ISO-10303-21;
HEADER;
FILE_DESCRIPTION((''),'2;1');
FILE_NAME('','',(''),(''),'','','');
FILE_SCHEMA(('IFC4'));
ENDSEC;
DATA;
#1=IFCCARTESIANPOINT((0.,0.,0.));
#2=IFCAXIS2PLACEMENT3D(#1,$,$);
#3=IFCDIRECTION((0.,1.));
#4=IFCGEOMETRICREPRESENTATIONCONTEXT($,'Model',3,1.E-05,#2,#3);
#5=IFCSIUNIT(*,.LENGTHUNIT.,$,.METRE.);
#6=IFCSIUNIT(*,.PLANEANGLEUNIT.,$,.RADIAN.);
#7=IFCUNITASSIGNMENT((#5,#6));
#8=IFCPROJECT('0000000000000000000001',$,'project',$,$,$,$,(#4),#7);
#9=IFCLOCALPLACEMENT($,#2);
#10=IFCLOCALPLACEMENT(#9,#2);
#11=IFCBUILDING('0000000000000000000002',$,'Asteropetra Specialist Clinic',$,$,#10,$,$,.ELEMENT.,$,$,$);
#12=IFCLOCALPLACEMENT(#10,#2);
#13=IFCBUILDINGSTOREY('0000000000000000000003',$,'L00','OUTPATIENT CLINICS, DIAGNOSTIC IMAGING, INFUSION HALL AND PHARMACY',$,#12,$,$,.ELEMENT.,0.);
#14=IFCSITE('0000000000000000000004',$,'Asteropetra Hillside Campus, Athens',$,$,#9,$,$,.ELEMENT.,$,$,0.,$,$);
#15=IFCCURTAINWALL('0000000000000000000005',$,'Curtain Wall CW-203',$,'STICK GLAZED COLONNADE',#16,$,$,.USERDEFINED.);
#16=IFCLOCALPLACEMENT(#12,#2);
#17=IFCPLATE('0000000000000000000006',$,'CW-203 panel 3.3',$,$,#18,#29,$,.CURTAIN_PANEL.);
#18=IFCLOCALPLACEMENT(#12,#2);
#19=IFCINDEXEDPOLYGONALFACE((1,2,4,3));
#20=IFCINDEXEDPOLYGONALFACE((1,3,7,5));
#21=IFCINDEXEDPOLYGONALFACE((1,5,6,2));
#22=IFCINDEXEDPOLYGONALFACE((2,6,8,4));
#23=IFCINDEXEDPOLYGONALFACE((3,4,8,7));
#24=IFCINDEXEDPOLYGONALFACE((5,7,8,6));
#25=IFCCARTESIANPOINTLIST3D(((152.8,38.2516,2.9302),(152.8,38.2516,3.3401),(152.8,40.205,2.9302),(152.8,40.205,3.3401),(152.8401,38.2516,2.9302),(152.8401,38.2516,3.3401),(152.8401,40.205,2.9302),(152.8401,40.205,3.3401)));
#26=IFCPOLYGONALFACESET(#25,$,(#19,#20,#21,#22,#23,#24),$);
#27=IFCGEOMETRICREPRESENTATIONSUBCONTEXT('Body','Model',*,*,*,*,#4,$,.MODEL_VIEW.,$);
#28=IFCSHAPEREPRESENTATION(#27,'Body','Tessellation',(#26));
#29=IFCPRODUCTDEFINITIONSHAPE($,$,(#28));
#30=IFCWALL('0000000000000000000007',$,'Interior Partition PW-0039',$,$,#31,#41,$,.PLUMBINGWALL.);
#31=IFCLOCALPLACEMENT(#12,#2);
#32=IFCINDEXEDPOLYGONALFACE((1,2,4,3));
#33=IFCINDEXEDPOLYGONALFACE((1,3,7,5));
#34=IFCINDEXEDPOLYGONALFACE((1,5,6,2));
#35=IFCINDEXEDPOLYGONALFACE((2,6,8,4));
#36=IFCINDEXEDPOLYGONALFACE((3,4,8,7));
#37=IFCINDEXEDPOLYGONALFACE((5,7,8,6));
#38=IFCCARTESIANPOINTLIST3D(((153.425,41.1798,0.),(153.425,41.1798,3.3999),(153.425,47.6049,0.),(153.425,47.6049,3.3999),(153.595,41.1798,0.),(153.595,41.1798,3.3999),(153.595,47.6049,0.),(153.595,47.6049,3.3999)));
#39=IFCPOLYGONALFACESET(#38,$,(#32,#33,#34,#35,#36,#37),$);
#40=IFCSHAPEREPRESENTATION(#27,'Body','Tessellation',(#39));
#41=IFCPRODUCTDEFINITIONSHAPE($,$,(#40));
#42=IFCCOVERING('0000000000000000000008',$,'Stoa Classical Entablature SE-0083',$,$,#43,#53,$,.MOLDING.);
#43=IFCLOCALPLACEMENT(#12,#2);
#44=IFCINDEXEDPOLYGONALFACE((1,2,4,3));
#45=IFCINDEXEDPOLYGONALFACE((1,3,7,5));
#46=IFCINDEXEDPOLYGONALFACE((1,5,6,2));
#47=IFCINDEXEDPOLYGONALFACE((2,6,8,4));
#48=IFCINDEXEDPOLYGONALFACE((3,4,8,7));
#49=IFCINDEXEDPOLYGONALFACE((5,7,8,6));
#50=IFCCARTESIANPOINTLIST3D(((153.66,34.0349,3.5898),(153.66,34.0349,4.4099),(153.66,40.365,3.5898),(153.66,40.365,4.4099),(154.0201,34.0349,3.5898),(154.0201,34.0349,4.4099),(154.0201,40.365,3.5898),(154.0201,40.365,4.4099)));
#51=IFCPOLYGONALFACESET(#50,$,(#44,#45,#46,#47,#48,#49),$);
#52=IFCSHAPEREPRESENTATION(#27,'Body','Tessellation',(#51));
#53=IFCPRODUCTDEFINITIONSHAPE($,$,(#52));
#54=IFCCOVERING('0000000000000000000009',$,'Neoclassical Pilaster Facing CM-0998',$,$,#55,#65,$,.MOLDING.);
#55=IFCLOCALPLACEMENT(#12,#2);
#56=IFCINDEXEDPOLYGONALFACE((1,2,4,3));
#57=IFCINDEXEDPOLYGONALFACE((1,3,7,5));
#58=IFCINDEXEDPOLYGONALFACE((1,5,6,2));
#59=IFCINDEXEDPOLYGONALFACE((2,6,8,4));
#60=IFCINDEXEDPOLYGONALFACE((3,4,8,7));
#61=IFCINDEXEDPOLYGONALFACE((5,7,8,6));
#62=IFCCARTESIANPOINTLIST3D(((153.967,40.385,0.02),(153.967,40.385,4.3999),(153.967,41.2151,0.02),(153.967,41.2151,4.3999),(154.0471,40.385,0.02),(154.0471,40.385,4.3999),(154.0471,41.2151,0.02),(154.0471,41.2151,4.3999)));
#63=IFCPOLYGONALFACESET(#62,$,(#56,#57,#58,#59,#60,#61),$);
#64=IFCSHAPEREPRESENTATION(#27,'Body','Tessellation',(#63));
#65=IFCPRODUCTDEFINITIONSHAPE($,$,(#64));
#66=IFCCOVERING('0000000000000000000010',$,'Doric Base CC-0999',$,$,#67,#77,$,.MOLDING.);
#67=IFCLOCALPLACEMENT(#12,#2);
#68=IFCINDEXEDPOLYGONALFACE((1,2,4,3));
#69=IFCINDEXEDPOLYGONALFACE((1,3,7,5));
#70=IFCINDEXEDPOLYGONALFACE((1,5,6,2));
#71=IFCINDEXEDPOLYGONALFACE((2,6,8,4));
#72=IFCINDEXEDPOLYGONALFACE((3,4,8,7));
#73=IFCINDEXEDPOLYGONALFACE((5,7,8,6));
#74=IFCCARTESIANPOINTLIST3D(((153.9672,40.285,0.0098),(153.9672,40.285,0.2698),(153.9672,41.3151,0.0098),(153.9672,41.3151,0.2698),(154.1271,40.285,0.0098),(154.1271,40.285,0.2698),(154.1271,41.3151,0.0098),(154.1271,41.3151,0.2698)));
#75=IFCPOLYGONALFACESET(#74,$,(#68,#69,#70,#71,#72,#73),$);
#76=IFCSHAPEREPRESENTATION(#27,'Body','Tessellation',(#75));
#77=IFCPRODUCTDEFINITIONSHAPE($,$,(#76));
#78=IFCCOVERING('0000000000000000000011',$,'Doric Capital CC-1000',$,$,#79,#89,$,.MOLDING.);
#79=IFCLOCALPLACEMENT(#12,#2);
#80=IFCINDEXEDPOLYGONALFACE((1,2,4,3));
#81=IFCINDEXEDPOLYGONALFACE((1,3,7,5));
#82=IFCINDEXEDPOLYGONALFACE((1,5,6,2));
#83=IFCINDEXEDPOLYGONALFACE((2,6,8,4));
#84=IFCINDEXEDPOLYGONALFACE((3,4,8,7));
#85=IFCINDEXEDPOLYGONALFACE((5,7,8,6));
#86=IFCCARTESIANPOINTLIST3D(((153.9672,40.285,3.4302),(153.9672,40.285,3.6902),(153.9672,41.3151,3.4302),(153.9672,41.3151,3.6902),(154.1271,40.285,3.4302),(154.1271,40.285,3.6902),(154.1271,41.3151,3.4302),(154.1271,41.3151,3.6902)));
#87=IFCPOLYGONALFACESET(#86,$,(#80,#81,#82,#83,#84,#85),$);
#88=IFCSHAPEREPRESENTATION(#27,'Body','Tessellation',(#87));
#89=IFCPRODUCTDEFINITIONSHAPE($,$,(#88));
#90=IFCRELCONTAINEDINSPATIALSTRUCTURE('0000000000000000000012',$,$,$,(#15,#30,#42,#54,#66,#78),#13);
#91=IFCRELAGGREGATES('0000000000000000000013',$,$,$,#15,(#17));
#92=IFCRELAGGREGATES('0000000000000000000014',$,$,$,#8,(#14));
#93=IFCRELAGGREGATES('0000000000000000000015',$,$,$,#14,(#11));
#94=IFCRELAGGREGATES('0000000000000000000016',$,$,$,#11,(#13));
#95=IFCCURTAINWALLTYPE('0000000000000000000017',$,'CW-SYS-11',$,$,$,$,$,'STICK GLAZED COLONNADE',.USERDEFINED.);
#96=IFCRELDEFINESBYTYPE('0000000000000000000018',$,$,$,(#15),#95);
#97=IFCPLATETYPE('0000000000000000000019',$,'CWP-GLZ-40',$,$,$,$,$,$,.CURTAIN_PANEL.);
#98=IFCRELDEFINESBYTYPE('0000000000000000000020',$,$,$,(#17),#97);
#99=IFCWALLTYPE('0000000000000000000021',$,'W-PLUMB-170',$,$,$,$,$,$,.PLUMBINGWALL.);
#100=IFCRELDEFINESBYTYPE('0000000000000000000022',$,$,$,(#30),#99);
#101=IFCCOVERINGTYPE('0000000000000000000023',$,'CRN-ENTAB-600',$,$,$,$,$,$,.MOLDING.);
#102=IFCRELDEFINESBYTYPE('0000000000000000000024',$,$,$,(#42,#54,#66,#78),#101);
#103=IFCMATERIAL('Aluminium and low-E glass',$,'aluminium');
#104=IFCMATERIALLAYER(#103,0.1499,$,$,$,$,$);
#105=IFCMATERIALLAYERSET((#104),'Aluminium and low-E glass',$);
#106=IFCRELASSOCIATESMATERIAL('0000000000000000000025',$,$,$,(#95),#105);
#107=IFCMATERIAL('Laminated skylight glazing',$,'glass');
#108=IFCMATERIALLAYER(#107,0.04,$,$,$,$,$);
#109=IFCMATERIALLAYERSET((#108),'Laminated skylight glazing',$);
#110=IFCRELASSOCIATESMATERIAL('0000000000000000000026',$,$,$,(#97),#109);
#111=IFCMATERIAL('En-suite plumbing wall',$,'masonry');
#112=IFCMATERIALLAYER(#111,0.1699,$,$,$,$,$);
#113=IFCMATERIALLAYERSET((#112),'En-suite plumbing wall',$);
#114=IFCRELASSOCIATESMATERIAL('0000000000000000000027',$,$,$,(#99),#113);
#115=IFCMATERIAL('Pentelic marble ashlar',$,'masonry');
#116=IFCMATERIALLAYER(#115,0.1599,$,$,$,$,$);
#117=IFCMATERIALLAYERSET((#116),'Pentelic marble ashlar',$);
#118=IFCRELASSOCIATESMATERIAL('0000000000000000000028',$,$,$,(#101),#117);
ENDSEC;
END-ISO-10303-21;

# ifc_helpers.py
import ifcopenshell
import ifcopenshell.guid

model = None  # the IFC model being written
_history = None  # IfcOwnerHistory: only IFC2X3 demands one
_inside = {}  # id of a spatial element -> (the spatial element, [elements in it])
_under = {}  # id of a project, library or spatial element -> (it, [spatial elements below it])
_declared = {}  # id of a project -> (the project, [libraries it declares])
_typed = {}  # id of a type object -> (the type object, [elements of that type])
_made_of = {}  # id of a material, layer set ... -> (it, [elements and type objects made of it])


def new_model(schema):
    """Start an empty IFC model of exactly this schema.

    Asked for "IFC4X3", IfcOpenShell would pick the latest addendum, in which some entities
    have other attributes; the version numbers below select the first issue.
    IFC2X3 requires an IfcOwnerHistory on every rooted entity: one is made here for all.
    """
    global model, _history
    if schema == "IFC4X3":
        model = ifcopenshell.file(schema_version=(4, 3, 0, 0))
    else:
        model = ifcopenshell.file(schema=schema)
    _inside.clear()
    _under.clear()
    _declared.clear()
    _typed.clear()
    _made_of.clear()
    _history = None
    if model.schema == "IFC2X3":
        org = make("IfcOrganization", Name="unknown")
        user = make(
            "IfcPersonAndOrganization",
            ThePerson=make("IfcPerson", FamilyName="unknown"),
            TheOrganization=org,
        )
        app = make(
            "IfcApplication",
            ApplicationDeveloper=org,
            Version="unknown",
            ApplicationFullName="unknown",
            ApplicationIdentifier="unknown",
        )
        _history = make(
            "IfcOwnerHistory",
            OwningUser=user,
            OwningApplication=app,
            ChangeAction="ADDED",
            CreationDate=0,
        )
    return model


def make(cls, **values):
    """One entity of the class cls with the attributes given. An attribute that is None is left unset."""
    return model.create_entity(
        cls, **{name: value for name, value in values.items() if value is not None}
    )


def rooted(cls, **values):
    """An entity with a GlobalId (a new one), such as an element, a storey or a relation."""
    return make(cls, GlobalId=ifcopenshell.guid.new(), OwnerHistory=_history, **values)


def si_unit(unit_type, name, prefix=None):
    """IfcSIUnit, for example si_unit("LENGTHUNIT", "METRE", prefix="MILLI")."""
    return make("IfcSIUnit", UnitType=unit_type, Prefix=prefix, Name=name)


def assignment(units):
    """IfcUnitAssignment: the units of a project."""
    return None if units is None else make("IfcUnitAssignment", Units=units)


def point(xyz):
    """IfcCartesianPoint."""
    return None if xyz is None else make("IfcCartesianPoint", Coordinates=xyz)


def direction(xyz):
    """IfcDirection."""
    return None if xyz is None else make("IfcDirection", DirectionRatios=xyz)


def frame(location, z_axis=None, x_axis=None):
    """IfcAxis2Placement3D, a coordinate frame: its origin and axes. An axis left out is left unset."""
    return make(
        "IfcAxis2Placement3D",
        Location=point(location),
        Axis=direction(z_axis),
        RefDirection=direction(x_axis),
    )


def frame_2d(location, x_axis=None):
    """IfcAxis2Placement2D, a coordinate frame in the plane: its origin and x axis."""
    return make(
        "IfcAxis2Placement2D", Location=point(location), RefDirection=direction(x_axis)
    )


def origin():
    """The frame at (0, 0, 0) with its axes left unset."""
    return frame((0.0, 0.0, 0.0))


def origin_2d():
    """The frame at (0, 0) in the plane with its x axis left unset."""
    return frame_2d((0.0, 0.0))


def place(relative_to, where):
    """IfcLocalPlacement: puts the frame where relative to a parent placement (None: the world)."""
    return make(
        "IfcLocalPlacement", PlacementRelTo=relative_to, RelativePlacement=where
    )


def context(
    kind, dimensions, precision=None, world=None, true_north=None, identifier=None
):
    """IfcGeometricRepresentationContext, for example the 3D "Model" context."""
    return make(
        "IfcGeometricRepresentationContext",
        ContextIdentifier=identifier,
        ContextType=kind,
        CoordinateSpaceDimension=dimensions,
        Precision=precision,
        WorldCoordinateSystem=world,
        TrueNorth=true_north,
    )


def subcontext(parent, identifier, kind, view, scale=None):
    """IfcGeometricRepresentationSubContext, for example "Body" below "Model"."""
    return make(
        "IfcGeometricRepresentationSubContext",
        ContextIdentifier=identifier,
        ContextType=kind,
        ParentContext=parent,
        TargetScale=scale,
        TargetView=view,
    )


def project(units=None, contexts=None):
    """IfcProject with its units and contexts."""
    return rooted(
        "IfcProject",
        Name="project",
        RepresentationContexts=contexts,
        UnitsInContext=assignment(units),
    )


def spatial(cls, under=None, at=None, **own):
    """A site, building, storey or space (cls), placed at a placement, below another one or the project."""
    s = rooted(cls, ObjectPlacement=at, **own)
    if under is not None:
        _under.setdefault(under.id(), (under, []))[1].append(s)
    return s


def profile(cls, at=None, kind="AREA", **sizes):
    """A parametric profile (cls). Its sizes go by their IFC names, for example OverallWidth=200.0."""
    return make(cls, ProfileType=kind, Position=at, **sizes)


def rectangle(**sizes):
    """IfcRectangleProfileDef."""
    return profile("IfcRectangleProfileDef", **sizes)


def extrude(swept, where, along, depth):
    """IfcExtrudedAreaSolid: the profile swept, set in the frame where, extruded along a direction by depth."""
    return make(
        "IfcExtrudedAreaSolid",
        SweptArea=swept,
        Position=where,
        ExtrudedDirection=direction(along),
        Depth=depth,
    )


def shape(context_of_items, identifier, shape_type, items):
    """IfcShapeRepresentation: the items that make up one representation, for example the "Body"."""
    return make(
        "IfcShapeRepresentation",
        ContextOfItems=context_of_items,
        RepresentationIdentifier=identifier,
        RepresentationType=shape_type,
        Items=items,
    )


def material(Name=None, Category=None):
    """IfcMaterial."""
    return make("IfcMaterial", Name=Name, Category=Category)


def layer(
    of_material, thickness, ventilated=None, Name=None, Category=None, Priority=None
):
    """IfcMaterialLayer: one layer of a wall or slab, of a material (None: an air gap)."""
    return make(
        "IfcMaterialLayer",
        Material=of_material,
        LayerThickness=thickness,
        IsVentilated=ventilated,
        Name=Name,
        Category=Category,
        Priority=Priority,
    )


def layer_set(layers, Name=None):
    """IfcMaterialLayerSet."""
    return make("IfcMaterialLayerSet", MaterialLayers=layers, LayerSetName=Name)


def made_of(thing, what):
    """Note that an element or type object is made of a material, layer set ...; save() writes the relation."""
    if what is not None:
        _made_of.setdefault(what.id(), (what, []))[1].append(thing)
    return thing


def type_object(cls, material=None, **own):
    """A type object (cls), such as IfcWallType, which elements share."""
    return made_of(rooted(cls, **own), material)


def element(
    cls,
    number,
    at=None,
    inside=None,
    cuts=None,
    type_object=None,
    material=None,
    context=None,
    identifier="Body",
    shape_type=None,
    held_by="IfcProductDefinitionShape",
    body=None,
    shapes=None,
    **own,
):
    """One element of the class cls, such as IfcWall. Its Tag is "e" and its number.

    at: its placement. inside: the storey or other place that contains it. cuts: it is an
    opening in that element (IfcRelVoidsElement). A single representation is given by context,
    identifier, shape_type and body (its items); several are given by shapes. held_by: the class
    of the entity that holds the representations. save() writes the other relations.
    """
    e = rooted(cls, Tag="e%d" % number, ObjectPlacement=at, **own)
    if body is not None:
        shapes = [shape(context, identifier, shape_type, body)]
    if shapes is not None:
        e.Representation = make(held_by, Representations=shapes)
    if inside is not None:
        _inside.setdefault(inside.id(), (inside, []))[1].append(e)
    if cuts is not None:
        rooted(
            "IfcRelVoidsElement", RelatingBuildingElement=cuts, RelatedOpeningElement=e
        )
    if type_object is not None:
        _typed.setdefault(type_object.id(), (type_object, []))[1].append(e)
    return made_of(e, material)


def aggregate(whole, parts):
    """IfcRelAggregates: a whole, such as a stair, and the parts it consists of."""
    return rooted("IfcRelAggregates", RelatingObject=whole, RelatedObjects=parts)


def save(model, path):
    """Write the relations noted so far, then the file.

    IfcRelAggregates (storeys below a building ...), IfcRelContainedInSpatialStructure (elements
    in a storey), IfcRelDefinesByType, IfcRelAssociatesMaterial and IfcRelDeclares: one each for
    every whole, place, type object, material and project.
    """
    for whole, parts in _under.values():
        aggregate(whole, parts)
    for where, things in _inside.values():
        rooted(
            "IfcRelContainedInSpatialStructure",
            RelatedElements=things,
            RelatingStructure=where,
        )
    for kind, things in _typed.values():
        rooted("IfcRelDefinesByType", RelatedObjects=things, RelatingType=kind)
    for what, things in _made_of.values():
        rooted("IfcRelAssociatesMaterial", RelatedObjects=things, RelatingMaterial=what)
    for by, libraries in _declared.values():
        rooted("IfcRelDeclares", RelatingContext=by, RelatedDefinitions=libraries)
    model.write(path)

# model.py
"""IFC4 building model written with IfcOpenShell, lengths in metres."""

from ifc_helpers import new_model, si_unit, direction, frame, frame_2d, origin, origin_2d, place, context, subcontext, project, spatial, rectangle, extrude, material, layer, layer_set, type_object, element, aggregate, save


model = new_model("IFC4")

# Units and contexts
model_context = context("Model", 3, precision=1e-05, world=origin(), true_north=direction((0.0, 1.0)))
body_context = subcontext(model_context, "Body", "Model", "MODEL_VIEW")
ifc_project = project(units=[si_unit("LENGTHUNIT", "METRE"), si_unit("PLANEANGLEUNIT", "RADIAN")], contexts=[model_context])

# Site, building, storey
site_placement = place(None, origin())
site = spatial("IfcSite", under=ifc_project, at=site_placement, Name="Asteropetra Hillside Campus, Athens", CompositionType="ELEMENT", RefElevation=0.0)
building_placement = place(site_placement, origin())
building = spatial("IfcBuilding", under=site, at=building_placement, Name="Asteropetra Specialist Clinic", CompositionType="ELEMENT")
storey_placement = place(building_placement, origin())
storey = spatial("IfcBuildingStorey", under=building, at=storey_placement, Name="L00", Description="OUTPATIENT CLINICS, DIAGNOSTIC IMAGING, INFUSION HALL AND PHARMACY", CompositionType="ELEMENT", Elevation=0.0)

# Curtain wall
ifc_material_1 = material(Name="Aluminium and low-E glass", Category="aluminium")
ifc_layer_1 = layer(ifc_material_1, 0.1499)
ifc_layer_set_1 = layer_set([ifc_layer_1], Name="Aluminium and low-E glass")
curtain_wall_type_1 = type_object("IfcCurtainWallType", Name="CW-SYS-11", ElementType="STICK GLAZED COLONNADE", PredefinedType="USERDEFINED", material=ifc_layer_set_1)
curtain_wall_1_placement = place(storey_placement, origin())
curtain_wall_1 = element("IfcCurtainWall", 1, at=curtain_wall_1_placement, inside=storey, type_object=curtain_wall_type_1, Name="Curtain Wall CW-203", ObjectType="STICK GLAZED COLONNADE", PredefinedType="USERDEFINED")

# Plate
ifc_material_2 = material(Name="Laminated skylight glazing", Category="glass")
ifc_layer_2 = layer(ifc_material_2, 0.04)
ifc_layer_set_2 = layer_set([ifc_layer_2], Name="Laminated skylight glazing")
plate_type = type_object("IfcPlateType", Name="CWP-GLZ-40", PredefinedType="CURTAIN_PANEL", material=ifc_layer_set_2)
plate_1_placement = place(storey_placement, frame((152.8201, 39.2283, 2.9302), z_axis=(0.0, 0.0, 1.0), x_axis=(0.0, 1.0, 0.0)))
plate_1 = element("IfcPlate", 2, at=plate_1_placement, type_object=plate_type, Name="CW-203 panel 3.3", PredefinedType="CURTAIN_PANEL", context=body_context, shape_type="SweptSolid", body=[
    extrude(rectangle(XDim=1.9534, YDim=0.04, at=origin_2d()), origin(), (0.0, 0.0, 1.0), 0.4099),
])
aggregate(curtain_wall_1, [plate_1])

# Wall
ifc_material_3 = material(Name="En-suite plumbing wall", Category="masonry")
ifc_layer_3 = layer(ifc_material_3, 0.1699)
ifc_layer_set_3 = layer_set([ifc_layer_3], Name="En-suite plumbing wall")
wall_type = type_object("IfcWallType", Name="W-PLUMB-170", PredefinedType="PLUMBINGWALL", material=ifc_layer_set_3)
wall_placement = place(storey_placement, frame((153.51, 41.1799, 0.0), z_axis=(0.0, 0.0, 1.0), x_axis=(0.0, 1.0, 0.0)))
element("IfcWall", 3, at=wall_placement, inside=storey, type_object=wall_type, Name="Interior Partition PW-0039", PredefinedType="PLUMBINGWALL", context=body_context, shape_type="SweptSolid", body=[
    extrude(rectangle(XDim=6.425, YDim=0.1699, at=frame_2d((3.2124, 0.0))), origin(), (0.0, 0.0, 1.0), 3.3999),
])

# Coverings
ifc_material_4 = material(Name="Pentelic marble ashlar", Category="masonry")
ifc_layer_4 = layer(ifc_material_4, 0.1599)
ifc_layer_set_4 = layer_set([ifc_layer_4], Name="Pentelic marble ashlar")
covering_type = type_object("IfcCoveringType", Name="CRN-ENTAB-600", PredefinedType="MOLDING", material=ifc_layer_set_4)
covering_1_placement = place(storey_placement, frame((153.8401, 37.2, 3.5898), z_axis=(0.0, 0.0, 1.0), x_axis=(1.0, 0.0, 0.0)))
element("IfcCovering", 4, at=covering_1_placement, inside=storey, type_object=covering_type, Name="Stoa Classical Entablature SE-0083", PredefinedType="MOLDING", context=body_context, shape_type="SweptSolid", body=[
    extrude(rectangle(XDim=0.3601, YDim=6.3301, at=origin_2d()), origin(), (0.0, 0.0, 1.0), 0.8201),
])
covering_2_placement = place(storey_placement, frame((154.0071, 40.8, 0.02), z_axis=(0.0, 0.0, 1.0), x_axis=(1.0, 0.0, 0.0)))
element("IfcCovering", 5, at=covering_2_placement, inside=storey, type_object=covering_type, Name="Neoclassical Pilaster Facing CM-0998", PredefinedType="MOLDING", context=body_context, shape_type="SweptSolid", body=[
    extrude(rectangle(XDim=0.0801, YDim=0.8301, at=origin_2d()), origin(), (0.0, 0.0, 1.0), 4.3799),
])
for number, where, z_axis, x_axis, name in (
    (6, (154.0471, 40.8, 0.0098), (0.0, 0.0, 1.0), (1.0, 0.0, 0.0), "Doric Base CC-0999"),
    (7, (154.0471, 40.8, 3.4302), (0.0, 0.0, 1.0), (1.0, 0.0, 0.0), "Doric Capital CC-1000"),
):
    element("IfcCovering", number, at=place(storey_placement, frame(where, z_axis=z_axis, x_axis=x_axis)), inside=storey, type_object=covering_type, Name=name, PredefinedType="MOLDING", context=body_context, shape_type="SweptSolid", body=[
        extrude(rectangle(XDim=0.1599, YDim=1.03, at=origin_2d()), origin(), (0.0, 0.0, 1.0), 0.26),
    ])

save(model, "model.ifc")
